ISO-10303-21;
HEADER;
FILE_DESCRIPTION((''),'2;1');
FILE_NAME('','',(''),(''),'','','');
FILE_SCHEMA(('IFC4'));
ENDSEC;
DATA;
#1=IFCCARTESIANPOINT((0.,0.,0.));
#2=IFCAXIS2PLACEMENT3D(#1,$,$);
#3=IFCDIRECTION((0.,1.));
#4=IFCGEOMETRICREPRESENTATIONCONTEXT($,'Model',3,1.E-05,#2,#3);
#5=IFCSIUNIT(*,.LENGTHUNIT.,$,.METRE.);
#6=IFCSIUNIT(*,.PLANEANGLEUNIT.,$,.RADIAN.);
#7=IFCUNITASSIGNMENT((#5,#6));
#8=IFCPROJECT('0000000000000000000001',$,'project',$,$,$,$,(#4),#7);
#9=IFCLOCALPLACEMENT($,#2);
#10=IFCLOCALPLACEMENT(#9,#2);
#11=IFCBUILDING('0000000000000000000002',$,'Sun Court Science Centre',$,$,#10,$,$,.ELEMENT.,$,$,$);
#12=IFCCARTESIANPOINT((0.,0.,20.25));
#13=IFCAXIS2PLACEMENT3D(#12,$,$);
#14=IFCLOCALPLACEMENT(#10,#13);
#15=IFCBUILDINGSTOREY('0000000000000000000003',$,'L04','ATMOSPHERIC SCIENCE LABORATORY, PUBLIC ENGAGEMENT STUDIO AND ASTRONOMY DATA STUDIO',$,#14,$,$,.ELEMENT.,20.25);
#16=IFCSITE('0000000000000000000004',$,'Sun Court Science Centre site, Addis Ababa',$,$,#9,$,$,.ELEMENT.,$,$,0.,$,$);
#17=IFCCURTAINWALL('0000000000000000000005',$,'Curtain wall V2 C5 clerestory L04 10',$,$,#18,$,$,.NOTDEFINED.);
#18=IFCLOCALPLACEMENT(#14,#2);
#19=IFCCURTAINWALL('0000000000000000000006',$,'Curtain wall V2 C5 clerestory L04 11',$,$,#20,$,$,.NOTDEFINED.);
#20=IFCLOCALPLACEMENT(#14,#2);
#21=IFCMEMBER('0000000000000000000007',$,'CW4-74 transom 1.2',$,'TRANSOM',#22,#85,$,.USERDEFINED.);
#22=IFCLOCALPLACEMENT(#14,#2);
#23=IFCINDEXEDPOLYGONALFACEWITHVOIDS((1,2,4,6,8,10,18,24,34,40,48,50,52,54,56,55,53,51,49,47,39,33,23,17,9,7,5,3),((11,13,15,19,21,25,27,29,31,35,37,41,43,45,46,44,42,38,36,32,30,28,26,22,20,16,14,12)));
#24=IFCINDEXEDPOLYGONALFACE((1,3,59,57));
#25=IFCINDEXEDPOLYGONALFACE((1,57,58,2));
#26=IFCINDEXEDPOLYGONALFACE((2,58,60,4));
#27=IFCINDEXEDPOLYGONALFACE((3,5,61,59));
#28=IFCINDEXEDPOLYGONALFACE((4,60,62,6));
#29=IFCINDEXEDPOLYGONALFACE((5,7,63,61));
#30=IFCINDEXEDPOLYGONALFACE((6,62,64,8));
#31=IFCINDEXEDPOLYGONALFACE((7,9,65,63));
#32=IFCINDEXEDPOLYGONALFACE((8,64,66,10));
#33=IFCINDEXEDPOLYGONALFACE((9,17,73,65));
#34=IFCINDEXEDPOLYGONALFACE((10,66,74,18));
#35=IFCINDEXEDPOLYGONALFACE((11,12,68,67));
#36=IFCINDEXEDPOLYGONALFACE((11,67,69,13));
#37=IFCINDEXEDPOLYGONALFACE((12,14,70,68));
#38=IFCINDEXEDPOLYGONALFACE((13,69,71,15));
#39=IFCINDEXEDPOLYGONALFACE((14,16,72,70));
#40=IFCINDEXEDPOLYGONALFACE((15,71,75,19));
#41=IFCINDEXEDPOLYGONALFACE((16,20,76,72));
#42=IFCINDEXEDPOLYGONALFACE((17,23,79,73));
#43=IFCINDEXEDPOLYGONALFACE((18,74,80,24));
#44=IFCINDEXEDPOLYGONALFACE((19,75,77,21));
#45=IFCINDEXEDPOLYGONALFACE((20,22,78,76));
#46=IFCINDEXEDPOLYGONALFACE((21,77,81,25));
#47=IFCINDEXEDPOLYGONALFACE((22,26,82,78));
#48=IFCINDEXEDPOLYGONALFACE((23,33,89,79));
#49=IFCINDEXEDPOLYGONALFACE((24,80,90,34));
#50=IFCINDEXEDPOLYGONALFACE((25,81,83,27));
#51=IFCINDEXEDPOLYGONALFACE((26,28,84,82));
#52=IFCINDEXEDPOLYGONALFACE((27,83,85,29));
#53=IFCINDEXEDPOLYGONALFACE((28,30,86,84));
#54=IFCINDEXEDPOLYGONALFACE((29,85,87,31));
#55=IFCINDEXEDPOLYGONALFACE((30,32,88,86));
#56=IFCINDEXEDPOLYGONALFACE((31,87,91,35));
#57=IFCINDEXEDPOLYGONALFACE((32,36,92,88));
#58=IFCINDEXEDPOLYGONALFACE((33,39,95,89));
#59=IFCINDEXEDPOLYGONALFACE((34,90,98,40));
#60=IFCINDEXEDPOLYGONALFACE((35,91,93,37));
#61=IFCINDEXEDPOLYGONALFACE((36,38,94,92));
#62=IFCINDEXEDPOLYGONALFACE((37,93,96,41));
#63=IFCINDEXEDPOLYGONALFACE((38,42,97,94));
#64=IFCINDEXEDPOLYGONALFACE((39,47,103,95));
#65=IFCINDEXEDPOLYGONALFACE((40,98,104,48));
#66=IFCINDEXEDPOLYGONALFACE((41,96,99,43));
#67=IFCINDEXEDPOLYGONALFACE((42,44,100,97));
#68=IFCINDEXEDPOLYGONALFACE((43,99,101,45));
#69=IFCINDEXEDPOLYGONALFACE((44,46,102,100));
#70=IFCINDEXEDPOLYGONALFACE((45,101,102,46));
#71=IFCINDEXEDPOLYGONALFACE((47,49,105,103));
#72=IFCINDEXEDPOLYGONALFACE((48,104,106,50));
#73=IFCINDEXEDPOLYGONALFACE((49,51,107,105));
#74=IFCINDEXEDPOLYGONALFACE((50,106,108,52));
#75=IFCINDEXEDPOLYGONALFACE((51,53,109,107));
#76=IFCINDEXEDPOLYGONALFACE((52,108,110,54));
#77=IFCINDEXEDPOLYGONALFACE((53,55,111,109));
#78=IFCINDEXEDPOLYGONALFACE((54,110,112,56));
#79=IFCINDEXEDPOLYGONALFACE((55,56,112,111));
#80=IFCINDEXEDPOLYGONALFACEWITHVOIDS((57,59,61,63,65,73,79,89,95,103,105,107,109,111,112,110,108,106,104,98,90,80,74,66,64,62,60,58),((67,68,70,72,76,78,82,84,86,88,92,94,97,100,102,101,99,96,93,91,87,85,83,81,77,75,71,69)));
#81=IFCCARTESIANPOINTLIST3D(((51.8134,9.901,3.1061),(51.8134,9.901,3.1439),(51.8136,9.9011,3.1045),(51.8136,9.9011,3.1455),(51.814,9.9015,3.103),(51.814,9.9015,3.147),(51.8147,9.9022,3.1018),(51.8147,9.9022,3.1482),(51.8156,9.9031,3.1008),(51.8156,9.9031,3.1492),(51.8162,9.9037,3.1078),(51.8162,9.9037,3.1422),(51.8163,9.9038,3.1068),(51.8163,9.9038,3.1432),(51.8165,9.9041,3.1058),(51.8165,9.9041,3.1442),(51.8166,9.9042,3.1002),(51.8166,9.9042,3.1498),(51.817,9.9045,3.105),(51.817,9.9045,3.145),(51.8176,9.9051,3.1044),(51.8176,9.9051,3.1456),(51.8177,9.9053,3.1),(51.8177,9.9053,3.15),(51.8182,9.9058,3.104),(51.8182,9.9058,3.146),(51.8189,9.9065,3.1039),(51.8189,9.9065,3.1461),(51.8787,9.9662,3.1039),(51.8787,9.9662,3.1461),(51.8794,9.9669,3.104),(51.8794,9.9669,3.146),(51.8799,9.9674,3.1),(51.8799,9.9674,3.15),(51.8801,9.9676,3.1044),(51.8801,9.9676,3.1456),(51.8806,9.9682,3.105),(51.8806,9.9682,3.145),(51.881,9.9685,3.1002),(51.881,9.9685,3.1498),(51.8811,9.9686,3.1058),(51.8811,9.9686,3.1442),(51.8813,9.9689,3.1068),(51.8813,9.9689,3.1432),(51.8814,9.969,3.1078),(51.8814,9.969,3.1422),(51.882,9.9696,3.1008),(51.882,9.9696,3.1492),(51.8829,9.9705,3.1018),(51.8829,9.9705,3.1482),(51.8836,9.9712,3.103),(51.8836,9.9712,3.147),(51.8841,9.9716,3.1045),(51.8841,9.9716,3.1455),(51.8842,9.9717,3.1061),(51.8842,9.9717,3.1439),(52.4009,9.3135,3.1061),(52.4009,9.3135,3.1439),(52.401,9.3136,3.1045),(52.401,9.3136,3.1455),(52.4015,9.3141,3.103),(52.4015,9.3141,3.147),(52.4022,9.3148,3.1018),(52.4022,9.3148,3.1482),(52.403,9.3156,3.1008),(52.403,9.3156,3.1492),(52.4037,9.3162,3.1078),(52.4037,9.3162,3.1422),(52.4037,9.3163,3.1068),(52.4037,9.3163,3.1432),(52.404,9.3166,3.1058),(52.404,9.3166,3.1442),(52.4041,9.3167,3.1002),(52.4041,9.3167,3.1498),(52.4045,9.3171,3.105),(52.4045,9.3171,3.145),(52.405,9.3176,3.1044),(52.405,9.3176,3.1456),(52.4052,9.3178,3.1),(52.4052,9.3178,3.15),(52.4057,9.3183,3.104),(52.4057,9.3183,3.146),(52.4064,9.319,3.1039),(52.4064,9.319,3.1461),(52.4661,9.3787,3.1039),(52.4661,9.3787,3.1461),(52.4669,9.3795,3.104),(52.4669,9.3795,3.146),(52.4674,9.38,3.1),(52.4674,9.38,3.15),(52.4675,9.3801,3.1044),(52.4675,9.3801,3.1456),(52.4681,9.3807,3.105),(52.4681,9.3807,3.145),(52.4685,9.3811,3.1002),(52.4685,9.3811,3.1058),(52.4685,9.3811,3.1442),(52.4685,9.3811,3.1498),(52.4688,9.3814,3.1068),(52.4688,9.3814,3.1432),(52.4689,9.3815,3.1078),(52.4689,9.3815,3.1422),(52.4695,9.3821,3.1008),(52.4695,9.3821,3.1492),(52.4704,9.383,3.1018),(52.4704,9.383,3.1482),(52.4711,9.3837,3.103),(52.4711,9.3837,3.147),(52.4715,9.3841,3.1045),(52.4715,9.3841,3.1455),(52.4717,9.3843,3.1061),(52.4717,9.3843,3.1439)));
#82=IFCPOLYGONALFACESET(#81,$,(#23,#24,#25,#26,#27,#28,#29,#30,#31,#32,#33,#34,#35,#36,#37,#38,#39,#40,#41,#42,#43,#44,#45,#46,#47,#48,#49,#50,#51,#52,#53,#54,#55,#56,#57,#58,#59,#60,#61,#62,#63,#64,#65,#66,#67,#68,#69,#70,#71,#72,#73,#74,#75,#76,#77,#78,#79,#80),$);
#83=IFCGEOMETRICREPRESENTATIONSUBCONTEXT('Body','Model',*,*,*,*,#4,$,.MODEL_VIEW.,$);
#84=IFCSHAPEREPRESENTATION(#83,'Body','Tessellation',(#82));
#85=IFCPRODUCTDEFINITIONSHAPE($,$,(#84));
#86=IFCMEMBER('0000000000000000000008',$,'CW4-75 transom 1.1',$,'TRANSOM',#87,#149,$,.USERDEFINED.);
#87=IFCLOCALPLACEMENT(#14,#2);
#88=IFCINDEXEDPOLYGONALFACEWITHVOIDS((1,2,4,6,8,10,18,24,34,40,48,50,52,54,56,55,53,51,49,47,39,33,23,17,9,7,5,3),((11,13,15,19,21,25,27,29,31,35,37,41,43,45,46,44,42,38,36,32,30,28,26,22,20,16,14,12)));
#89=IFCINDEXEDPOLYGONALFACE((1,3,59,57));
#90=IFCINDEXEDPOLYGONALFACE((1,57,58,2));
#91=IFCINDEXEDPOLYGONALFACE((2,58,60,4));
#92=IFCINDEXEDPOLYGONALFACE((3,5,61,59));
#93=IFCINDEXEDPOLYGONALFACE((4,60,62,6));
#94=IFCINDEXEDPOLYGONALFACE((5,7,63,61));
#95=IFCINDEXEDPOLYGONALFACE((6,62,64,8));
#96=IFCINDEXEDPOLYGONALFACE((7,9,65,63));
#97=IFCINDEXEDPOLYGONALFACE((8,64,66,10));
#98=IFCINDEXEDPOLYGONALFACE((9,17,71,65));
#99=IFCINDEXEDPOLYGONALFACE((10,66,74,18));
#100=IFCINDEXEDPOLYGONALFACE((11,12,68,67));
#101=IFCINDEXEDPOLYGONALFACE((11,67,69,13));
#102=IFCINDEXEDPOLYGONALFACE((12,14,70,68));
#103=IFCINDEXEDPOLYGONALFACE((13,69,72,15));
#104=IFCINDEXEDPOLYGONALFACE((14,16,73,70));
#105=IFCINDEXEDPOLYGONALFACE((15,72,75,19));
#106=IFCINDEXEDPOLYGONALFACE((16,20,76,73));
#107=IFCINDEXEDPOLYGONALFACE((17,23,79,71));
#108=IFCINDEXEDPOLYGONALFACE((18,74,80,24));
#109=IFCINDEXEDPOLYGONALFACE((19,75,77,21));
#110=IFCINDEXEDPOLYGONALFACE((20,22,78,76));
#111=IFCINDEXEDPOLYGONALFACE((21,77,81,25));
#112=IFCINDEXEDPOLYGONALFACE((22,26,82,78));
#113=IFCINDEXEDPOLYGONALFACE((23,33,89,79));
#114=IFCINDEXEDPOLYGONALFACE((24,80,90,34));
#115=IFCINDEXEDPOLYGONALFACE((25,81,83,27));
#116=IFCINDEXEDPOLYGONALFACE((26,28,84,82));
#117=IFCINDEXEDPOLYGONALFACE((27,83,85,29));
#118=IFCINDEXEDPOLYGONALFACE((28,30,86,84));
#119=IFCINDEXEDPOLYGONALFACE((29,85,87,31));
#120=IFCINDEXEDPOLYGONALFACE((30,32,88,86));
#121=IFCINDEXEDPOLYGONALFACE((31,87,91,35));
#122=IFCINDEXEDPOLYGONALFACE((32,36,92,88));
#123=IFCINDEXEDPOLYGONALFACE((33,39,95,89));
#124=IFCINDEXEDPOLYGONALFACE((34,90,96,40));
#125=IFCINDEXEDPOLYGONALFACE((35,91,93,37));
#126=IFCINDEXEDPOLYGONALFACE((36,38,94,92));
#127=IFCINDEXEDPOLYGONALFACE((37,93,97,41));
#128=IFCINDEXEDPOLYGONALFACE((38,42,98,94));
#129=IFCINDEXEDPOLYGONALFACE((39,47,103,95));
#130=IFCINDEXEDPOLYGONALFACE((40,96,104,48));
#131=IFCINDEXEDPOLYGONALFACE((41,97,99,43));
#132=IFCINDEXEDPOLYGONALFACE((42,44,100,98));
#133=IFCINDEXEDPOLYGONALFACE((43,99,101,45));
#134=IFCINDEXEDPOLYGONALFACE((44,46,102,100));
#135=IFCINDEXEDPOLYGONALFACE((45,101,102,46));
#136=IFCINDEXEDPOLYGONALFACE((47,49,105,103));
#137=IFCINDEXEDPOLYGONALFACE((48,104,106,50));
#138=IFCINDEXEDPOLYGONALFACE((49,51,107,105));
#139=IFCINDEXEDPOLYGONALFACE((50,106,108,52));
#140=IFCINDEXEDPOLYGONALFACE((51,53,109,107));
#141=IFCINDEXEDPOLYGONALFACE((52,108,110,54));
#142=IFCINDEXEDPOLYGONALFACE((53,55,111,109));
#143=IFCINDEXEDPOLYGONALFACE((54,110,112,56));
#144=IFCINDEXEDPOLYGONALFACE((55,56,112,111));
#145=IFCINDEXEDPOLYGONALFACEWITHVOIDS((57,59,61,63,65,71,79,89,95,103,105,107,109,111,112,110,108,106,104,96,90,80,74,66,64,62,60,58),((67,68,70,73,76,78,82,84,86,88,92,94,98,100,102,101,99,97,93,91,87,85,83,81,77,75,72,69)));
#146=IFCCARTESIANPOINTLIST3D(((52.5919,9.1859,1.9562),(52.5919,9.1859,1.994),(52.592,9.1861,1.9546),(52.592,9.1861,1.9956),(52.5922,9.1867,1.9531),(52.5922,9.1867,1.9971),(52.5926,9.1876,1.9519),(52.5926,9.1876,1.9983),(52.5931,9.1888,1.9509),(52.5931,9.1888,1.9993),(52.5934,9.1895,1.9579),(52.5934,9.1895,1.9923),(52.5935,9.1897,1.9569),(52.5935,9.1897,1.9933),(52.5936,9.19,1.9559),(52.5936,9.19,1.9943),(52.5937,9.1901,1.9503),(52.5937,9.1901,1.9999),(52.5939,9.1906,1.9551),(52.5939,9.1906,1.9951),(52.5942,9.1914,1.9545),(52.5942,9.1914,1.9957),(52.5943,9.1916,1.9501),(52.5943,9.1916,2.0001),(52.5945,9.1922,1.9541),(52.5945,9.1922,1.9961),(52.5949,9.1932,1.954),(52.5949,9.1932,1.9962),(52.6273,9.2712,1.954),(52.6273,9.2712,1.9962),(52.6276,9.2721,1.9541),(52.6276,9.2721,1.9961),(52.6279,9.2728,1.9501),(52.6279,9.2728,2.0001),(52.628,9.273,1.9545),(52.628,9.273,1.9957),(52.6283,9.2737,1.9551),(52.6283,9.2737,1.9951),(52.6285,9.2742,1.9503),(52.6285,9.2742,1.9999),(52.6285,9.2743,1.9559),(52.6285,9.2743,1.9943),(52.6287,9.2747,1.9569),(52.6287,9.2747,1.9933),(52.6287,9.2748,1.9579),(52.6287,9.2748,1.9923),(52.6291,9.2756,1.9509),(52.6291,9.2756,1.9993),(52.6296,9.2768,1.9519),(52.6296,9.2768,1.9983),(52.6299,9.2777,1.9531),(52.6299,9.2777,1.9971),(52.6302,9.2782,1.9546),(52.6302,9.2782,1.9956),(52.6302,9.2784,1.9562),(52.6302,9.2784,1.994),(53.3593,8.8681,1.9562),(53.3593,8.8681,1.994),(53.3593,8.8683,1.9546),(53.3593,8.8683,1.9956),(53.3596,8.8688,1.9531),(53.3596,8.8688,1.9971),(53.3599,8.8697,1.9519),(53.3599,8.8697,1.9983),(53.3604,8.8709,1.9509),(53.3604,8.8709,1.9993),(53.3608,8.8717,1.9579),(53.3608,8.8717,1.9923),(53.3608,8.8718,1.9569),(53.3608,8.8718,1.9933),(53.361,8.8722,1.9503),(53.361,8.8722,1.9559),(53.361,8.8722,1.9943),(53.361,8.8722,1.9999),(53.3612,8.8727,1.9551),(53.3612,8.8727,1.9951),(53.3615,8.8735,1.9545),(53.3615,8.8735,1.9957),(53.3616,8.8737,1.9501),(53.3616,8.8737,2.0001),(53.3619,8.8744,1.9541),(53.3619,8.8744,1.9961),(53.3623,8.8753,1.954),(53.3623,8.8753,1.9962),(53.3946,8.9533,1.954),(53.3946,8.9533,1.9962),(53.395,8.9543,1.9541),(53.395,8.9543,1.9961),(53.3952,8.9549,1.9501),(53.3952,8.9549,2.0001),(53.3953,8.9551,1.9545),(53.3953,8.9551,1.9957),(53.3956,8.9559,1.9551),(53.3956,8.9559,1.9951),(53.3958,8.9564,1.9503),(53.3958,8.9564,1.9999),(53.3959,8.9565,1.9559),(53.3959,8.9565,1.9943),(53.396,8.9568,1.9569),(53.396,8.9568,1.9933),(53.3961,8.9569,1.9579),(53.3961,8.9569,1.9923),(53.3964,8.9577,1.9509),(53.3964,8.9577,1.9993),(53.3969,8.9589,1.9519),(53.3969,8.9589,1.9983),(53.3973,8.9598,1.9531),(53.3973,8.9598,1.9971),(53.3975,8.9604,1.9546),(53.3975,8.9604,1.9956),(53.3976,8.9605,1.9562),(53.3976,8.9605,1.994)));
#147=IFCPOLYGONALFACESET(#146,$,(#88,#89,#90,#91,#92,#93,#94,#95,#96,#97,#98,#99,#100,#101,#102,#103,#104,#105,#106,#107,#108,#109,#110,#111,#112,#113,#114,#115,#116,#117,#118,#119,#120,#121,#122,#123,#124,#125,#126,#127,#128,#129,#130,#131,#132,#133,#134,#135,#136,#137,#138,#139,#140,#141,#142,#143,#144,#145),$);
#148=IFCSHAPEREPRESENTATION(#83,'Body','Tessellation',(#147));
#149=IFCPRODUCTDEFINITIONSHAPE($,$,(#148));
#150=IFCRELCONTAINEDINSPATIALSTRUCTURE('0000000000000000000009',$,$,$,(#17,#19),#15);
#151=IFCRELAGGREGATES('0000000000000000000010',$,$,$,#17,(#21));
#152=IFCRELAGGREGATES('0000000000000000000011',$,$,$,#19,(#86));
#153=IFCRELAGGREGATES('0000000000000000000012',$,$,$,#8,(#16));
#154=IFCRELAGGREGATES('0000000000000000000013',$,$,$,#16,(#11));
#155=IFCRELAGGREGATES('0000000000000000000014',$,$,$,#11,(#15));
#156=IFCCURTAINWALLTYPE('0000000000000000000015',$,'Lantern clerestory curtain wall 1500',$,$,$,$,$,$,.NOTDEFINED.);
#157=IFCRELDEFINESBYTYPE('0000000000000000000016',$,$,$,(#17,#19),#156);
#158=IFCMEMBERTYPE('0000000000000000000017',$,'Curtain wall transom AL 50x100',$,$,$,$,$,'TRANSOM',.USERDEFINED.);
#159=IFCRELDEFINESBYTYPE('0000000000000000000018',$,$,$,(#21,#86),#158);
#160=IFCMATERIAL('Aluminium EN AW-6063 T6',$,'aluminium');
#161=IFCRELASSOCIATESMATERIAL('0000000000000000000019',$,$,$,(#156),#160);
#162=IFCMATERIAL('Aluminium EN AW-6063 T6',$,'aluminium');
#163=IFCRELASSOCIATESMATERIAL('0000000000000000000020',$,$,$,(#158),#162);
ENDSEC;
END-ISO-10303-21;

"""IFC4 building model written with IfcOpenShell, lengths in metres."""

from ifc_helpers import new_model, si_unit, direction, frame, origin, origin_2d, place, context, subcontext, project, spatial, hollow_rectangle, extrude, material, material_profile, profile_set, type_object, element, aggregate, save


model = new_model("IFC4")

# Units and contexts
model_context = context("Model", 3, precision=1e-05, world=origin(), true_north=direction((0.0, 1.0)))
body_context = subcontext(model_context, "Body", "Model", "MODEL_VIEW")
ifc_project = project(units=[si_unit("LENGTHUNIT", "METRE"), si_unit("PLANEANGLEUNIT", "RADIAN")], contexts=[model_context])

# Site, building, storey
site_placement = place(None, origin())
site = spatial("IfcSite", under=ifc_project, at=site_placement, Name="Sun Court Science Centre site, Addis Ababa", CompositionType="ELEMENT", RefElevation=0.0)
building_placement = place(site_placement, origin())
building = spatial("IfcBuilding", under=site, at=building_placement, Name="Sun Court Science Centre", CompositionType="ELEMENT")
storey_placement = place(building_placement, frame((0.0, 0.0, 20.25)))
storey = spatial("IfcBuildingStorey", under=building, at=storey_placement, Name="L04", Description="ATMOSPHERIC SCIENCE LABORATORY, PUBLIC ENGAGEMENT STUDIO AND ASTRONOMY DATA STUDIO", CompositionType="ELEMENT", Elevation=20.25)

# Curtain wall
ifc_material_1 = material(Name="Aluminium EN AW-6063 T6", Category="aluminium")
curtain_wall_type = type_object("IfcCurtainWallType", Name="Lantern clerestory curtain wall 1500", PredefinedType="NOTDEFINED", material=ifc_material_1)
curtain_wall_1_placement = place(storey_placement, origin())
curtain_wall_1 = element("IfcCurtainWall", 1, at=curtain_wall_1_placement, inside=storey, type_object=curtain_wall_type, Name="Curtain wall V2 C5 clerestory L04 10", PredefinedType="NOTDEFINED")

# Curtain wall
curtain_wall_2_placement = place(storey_placement, origin())
curtain_wall_2 = element("IfcCurtainWall", 2, at=curtain_wall_2_placement, inside=storey, type_object=curtain_wall_type, Name="Curtain wall V2 C5 clerestory L04 11", PredefinedType="NOTDEFINED")

# Members
ifc_material_2 = material(Name="Aluminium EN AW-6063 T6", Category="aluminium")
ifc_material_profile_1 = material_profile(ifc_material_2, hollow_rectangle(XDim=0.05, YDim=0.1001, WallThickness=0.0039, InnerFilletRadius=0.0039, OuterFilletRadius=0.0061, at=origin_2d()), Name="AL 50x100x4")
ifc_profile_set_1 = profile_set([ifc_material_profile_1], Name="Aluminium EN AW-6063 T6")
member_type_1 = type_object("IfcMemberType", Name="Curtain wall transom AL 50x100", ElementType="TRANSOM", PredefinedType="USERDEFINED", material=ifc_profile_set_1)
member_1_placement = place(storey_placement, frame((52.4363, 9.3489, 3.125), z_axis=(-0.707107, 0.707107, 0.0), x_axis=(0.0, 0.0, 1.0)))
member_1 = element("IfcMember", 3, at=member_1_placement, type_object=member_type_1, Name="CW4-74 transom 1.2", ObjectType="TRANSOM", PredefinedType="USERDEFINED", context=body_context, shape_type="SweptSolid", body=[
    extrude(hollow_rectangle(XDim=0.05, YDim=0.1001, WallThickness=0.0039, InnerFilletRadius=0.0039, OuterFilletRadius=0.0061, at=origin_2d()), origin(), (0.0, 0.0, 1.0), 0.8308),
])
member_2_placement = place(storey_placement, frame((53.3784, 8.9143, 1.9751), z_axis=(-0.923866, 0.382715, 0.0), x_axis=(0.0, 0.0, 1.0)))
member_2 = element("IfcMember", 4, at=member_2_placement, type_object=member_type_1, Name="CW4-75 transom 1.1", ObjectType="TRANSOM", PredefinedType="USERDEFINED", context=body_context, shape_type="SweptSolid", body=[
    extrude(hollow_rectangle(XDim=0.05, YDim=0.1001, WallThickness=0.0039, InnerFilletRadius=0.0039, OuterFilletRadius=0.0061, at=origin_2d()), origin(), (0.0, 0.0, 1.0), 0.8306),
])

aggregate(curtain_wall_1, [member_1])
aggregate(curtain_wall_2, [member_2])

save(model, "model.ifc")
